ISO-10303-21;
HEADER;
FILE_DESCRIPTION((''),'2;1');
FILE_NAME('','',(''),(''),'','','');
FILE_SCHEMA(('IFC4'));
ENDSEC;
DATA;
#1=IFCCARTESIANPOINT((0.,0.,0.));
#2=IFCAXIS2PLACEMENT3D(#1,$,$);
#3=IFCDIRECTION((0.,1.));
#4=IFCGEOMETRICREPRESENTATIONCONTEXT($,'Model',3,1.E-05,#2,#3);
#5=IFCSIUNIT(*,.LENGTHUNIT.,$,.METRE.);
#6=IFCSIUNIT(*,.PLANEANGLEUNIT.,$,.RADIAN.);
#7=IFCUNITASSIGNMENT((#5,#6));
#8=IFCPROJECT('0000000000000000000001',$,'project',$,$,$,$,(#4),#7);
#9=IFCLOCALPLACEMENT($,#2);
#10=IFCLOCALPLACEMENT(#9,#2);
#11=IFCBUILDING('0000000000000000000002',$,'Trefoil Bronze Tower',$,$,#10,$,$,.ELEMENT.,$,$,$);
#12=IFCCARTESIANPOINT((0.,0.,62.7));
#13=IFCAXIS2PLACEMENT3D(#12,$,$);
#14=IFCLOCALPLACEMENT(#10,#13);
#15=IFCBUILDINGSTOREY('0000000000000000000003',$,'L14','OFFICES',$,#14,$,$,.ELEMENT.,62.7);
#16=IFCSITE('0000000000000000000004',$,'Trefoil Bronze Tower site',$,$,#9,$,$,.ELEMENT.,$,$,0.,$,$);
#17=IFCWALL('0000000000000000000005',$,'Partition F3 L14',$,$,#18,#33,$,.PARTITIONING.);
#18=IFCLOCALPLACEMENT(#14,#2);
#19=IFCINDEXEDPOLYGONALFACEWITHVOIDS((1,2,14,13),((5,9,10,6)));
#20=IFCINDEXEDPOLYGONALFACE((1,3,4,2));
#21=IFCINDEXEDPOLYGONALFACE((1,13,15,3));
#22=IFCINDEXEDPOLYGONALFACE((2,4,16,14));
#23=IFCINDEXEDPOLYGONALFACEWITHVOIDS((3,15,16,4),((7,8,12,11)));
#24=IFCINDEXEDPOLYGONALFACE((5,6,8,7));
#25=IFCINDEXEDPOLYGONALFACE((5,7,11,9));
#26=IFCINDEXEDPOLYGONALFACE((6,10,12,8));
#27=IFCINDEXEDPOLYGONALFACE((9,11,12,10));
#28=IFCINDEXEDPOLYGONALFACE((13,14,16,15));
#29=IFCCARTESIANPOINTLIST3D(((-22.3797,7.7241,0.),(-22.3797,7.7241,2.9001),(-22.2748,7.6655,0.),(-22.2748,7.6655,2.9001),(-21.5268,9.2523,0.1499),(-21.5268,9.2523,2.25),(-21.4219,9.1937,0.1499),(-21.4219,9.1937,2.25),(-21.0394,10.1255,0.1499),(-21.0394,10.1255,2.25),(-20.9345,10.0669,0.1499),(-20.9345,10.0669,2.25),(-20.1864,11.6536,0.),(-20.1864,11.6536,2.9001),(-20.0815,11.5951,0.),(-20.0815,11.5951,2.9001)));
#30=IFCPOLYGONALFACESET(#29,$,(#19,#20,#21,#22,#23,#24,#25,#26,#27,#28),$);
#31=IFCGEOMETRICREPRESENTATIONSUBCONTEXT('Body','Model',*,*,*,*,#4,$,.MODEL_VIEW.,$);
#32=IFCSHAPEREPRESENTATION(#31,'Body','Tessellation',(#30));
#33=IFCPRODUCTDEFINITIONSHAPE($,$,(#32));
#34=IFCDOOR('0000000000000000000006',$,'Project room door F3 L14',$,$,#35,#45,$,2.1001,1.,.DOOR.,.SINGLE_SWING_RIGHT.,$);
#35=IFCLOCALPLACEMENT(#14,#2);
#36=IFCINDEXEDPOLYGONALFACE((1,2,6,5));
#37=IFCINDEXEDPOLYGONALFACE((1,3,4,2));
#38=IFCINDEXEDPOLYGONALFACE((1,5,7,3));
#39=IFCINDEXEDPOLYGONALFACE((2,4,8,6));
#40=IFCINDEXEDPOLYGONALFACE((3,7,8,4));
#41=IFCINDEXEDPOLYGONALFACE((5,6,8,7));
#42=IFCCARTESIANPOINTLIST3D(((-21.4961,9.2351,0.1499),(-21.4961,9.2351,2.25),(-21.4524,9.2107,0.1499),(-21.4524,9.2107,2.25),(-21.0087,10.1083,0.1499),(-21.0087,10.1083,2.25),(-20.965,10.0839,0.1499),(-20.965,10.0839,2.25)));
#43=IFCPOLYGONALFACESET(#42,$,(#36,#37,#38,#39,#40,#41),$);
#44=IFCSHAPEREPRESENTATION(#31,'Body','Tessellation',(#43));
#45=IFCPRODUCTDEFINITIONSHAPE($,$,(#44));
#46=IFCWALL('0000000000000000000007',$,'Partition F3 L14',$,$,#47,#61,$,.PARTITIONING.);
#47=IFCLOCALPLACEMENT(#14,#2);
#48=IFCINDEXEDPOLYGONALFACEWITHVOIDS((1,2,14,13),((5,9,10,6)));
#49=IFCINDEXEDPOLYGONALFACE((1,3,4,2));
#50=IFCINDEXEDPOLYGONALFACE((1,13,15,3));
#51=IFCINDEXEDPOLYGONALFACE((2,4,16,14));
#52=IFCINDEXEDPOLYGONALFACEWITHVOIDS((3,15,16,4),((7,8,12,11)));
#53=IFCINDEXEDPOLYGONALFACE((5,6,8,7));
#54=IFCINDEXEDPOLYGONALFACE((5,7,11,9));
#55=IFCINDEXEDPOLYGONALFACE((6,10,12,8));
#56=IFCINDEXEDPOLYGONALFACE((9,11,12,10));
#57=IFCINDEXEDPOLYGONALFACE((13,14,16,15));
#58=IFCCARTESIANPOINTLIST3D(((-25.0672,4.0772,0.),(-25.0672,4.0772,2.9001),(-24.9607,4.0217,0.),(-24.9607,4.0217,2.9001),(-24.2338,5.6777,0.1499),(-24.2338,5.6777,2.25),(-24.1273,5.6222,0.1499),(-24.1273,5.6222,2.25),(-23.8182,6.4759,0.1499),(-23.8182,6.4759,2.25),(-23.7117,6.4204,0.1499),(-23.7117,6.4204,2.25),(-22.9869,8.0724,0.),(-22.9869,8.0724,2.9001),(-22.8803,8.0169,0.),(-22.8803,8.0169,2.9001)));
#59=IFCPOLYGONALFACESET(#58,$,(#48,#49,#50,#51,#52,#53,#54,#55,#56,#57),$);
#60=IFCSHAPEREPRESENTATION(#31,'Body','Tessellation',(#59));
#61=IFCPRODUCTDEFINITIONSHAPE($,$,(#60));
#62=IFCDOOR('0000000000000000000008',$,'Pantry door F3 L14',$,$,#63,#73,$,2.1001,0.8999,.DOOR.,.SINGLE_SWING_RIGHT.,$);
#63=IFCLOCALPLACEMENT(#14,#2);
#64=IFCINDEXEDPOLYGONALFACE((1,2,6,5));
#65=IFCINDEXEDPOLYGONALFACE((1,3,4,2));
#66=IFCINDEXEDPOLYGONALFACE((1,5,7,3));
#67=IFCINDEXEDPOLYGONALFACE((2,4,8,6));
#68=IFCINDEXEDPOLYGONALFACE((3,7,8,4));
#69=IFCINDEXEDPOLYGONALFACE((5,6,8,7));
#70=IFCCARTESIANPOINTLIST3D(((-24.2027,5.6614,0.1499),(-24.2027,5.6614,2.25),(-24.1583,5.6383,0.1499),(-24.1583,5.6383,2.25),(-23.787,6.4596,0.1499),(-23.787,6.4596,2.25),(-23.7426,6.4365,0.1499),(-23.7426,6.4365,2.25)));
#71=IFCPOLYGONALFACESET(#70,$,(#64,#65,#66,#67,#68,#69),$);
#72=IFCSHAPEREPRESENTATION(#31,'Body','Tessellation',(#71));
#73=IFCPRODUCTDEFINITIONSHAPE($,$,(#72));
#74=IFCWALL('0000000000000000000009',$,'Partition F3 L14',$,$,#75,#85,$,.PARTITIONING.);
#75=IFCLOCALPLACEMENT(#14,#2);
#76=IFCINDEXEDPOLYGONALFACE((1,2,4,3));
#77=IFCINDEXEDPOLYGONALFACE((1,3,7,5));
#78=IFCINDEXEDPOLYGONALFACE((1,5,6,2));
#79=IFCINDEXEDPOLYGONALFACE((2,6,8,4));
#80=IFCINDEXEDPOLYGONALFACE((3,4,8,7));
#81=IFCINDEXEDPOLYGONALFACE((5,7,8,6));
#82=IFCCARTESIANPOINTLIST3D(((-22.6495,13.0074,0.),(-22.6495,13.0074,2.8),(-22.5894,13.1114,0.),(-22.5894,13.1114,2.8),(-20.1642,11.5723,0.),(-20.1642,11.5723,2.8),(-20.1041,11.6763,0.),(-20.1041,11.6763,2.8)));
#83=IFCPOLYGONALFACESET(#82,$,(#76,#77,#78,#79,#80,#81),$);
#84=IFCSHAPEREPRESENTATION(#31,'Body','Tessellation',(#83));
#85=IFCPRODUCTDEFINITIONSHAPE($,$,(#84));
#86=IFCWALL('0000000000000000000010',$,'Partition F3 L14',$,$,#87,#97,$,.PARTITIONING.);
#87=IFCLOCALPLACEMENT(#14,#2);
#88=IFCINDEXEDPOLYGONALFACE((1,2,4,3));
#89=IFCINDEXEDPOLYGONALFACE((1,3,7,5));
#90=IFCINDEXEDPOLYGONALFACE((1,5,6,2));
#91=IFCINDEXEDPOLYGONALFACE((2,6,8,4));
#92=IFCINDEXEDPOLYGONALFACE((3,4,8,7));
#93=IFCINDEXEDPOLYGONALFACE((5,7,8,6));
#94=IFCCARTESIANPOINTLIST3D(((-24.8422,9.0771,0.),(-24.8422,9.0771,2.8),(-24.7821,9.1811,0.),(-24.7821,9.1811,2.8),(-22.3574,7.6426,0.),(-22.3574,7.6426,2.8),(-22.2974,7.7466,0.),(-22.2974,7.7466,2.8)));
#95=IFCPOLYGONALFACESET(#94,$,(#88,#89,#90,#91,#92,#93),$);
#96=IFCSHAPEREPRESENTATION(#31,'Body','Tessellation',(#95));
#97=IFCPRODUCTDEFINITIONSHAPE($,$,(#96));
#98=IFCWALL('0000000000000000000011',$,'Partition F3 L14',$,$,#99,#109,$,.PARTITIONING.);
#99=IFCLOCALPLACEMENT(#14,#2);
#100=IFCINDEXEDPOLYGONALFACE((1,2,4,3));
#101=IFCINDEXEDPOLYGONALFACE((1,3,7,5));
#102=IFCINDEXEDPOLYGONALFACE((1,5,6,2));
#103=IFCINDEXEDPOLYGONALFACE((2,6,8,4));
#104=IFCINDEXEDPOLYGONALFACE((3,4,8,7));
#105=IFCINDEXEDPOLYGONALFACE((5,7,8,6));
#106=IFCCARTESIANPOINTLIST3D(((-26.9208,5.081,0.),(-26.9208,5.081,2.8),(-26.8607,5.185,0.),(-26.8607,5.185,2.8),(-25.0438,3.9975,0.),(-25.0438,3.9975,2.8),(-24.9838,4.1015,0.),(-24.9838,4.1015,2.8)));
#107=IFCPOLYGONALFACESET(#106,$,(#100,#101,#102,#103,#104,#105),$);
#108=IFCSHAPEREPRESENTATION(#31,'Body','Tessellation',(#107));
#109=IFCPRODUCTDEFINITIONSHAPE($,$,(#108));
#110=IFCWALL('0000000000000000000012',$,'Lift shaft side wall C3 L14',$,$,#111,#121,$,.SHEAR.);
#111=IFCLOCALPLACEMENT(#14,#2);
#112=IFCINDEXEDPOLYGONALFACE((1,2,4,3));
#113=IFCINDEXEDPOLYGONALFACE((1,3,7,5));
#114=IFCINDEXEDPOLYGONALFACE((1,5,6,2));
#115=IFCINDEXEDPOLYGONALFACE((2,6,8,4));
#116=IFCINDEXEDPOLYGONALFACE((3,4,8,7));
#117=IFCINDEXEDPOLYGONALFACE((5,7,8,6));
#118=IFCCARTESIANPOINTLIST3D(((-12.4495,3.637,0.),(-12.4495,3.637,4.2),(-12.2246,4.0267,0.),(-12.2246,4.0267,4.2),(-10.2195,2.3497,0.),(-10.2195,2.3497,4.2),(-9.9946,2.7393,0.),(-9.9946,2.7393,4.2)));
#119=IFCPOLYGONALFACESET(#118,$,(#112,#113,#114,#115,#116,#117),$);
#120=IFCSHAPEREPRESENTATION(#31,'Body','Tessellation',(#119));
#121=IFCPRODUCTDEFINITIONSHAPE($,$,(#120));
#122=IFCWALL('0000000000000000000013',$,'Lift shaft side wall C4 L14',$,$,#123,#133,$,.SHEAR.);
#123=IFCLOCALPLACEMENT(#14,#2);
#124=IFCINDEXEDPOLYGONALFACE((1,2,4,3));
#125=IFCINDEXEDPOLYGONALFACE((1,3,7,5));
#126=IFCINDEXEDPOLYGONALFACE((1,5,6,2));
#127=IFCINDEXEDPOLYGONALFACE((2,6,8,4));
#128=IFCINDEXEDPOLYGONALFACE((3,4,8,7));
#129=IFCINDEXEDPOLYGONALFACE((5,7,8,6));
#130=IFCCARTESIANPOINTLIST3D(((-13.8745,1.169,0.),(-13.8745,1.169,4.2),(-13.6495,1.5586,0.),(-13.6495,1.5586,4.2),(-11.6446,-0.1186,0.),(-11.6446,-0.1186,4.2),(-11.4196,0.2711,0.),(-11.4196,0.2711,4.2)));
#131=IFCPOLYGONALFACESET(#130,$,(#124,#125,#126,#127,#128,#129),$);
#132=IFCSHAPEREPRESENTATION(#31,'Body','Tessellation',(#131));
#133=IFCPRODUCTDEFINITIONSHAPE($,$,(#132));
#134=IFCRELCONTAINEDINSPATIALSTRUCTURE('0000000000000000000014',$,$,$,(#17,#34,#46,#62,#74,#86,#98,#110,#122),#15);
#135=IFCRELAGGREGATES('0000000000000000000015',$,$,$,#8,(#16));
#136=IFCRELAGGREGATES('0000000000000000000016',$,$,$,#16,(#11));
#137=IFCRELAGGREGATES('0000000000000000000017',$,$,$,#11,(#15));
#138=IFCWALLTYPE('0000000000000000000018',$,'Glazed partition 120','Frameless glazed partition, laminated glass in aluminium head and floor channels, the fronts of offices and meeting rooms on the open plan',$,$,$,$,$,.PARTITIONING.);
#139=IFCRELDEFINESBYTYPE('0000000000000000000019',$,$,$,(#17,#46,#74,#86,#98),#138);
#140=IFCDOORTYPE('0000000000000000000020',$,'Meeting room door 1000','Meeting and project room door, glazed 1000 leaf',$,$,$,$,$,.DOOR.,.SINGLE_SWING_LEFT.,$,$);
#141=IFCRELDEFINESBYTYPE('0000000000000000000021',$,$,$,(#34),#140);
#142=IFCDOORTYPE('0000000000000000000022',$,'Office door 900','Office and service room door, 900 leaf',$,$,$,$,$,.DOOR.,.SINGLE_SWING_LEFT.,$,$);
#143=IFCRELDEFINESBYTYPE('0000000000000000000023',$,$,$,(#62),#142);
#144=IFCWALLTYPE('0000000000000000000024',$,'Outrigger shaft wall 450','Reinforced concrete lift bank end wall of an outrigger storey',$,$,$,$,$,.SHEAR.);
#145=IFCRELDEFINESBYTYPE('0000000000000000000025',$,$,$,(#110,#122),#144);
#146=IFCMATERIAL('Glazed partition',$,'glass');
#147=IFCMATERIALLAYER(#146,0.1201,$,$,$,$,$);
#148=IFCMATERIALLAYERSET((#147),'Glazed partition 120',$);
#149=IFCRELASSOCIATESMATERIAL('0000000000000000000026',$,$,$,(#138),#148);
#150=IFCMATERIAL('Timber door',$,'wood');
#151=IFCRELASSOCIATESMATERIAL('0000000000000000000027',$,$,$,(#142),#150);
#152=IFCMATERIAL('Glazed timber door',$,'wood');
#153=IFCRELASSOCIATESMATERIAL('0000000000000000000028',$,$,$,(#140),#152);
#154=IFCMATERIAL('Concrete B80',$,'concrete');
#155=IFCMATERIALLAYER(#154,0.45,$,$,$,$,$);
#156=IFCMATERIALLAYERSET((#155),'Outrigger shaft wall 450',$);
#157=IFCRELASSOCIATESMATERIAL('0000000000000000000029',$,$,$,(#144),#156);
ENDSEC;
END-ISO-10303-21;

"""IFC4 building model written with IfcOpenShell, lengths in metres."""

from ifc_helpers import new_model, si_unit, direction, frame, frame_2d, origin, place, context, subcontext, project, spatial, rectangle, extrude, material, layer, layer_set, type_object, element, fill, save


model = new_model("IFC4")

# Units and contexts
model_context = context("Model", 3, precision=1e-05, world=origin(), true_north=direction((0.0, 1.0)))
body_context = subcontext(model_context, "Body", "Model", "MODEL_VIEW")
ifc_project = project(units=[si_unit("LENGTHUNIT", "METRE"), si_unit("PLANEANGLEUNIT", "RADIAN")], contexts=[model_context])

# Site, building, storey
site_placement = place(None, origin())
site = spatial("IfcSite", under=ifc_project, at=site_placement, Name="Trefoil Bronze Tower site", CompositionType="ELEMENT", RefElevation=0.0)
building_placement = place(site_placement, origin())
building = spatial("IfcBuilding", under=site, at=building_placement, Name="Trefoil Bronze Tower", CompositionType="ELEMENT")
storey_placement = place(building_placement, frame((0.0, 0.0, 62.7)))
storey = spatial("IfcBuildingStorey", under=building, at=storey_placement, Name="L14", Description="OFFICES", CompositionType="ELEMENT", Elevation=62.7)

# Shared definitions
ifc_material_1 = material(Name="Glazed partition", Category="glass")
ifc_layer_1 = layer(ifc_material_1, 0.1201)
ifc_layer_set_1 = layer_set([ifc_layer_1], Name="Glazed partition 120")
wall_type_1 = type_object("IfcWallType", Name="Glazed partition 120", Description="Frameless glazed partition, laminated glass in aluminium head and floor channels, the fronts of offices and meeting rooms on the open plan", PredefinedType="PARTITIONING", material=ifc_layer_set_1)
ifc_material_2 = material(Name="Timber door", Category="wood")
door_type_1 = type_object("IfcDoorType", Name="Office door 900", Description="Office and service room door, 900 leaf", OperationType="SINGLE_SWING_LEFT", PredefinedType="DOOR", material=ifc_material_2)
ifc_material_3 = material(Name="Glazed timber door", Category="wood")
door_type_2 = type_object("IfcDoorType", Name="Meeting room door 1000", Description="Meeting and project room door, glazed 1000 leaf", OperationType="SINGLE_SWING_LEFT", PredefinedType="DOOR", material=ifc_material_3)

# Walls, openings, doors
wall_1_placement = place(storey_placement, frame((-20.134, 11.6243, 0.0), z_axis=(0.0, 0.0, 1.0), x_axis=(-0.487374, -0.873193, 0.0)))
wall_1 = element("IfcWall", 1, at=wall_1_placement, inside=storey, type_object=wall_type_1, Name="Partition F3 L14", PredefinedType="PARTITIONING", context=body_context, shape_type="SweptSolid", body=[
    extrude(rectangle(XDim=4.5002, YDim=0.1201, at=frame_2d((2.25, 0.0))), origin(), (0.0, 0.0, 1.0), 2.9001),
])
opening_1_placement = place(wall_1_placement, frame((1.75, 0.0, 0.1499)))
opening_1 = element("IfcOpeningElement", 2, at=opening_1_placement, cuts=wall_1, PredefinedType="OPENING", context=body_context, shape_type="SweptSolid", body=[
    extrude(rectangle(XDim=1.0, YDim=2.1001, at=frame_2d((0.5, 1.05))), frame((0.0, 0.0701, 0.0), z_axis=(0.0, -1.0, 0.0), x_axis=(1.0, 0.0, 0.0)), (0.0, 0.0, 1.0), 0.1401),
])
door_1_placement = place(opening_1_placement, frame((1.0, 0.0, 0.0), z_axis=(0.0, 0.0, 1.0), x_axis=(-1.0, 0.0, 0.0)))
door_1 = element("IfcDoor", 3, at=door_1_placement, inside=storey, type_object=door_type_2, Name="Project room door F3 L14", OperationType="SINGLE_SWING_RIGHT", OverallHeight=2.1001, OverallWidth=1.0, PredefinedType="DOOR", context=body_context, shape_type="SweptSolid", body=[
    extrude(rectangle(XDim=1.0, YDim=2.1001, at=frame_2d((0.5, 1.05))), frame((0.0, 0.0249, 0.0), z_axis=(0.0, -1.0, 0.0), x_axis=(1.0, 0.0, 0.0)), (0.0, 0.0, 1.0), 0.05),
])
fill(opening_1, door_1)
wall_2_placement = place(storey_placement, frame((-22.9336, 8.0447, 0.0), z_axis=(0.0, 0.0, 1.0), x_axis=(-0.461853, -0.886957, 0.0)))
wall_2 = element("IfcWall", 4, at=wall_2_placement, inside=storey, type_object=wall_type_1, Name="Partition F3 L14", PredefinedType="PARTITIONING", context=body_context, shape_type="SweptSolid", body=[
    extrude(rectangle(XDim=4.5044, YDim=0.1201, at=frame_2d((2.2522, 0.0))), origin(), (0.0, 0.0, 1.0), 2.9001),
])
opening_2_placement = place(wall_2_placement, frame((1.8, 0.0, 0.1499)))
opening_2 = element("IfcOpeningElement", 5, at=opening_2_placement, cuts=wall_2, PredefinedType="OPENING", context=body_context, shape_type="SweptSolid", body=[
    extrude(rectangle(XDim=0.8999, YDim=2.1001, at=frame_2d((0.45, 1.05))), frame((0.0, 0.0701, 0.0), z_axis=(0.0, -1.0, 0.0), x_axis=(1.0, 0.0, 0.0)), (0.0, 0.0, 1.0), 0.1401),
])
door_2_placement = place(opening_2_placement, frame((0.8999, 0.0, 0.0), z_axis=(0.0, 0.0, 1.0), x_axis=(-1.0, 0.0, 0.0)))
door_2 = element("IfcDoor", 6, at=door_2_placement, inside=storey, type_object=door_type_1, Name="Pantry door F3 L14", OperationType="SINGLE_SWING_RIGHT", OverallHeight=2.1001, OverallWidth=0.8999, PredefinedType="DOOR", context=body_context, shape_type="SweptSolid", body=[
    extrude(rectangle(XDim=0.8999, YDim=2.1001, at=frame_2d((0.45, 1.05))), frame((0.0, 0.0249, 0.0), z_axis=(0.0, -1.0, 0.0), x_axis=(1.0, 0.0, 0.0)), (0.0, 0.0, 1.0), 0.05),
])
fill(opening_2, door_2)

# Walls
wall_3_placement = place(storey_placement, frame((-20.134, 11.6243, 0.0), z_axis=(0.0, 0.0, 1.0), x_axis=(-0.866004, 0.500037, 0.0)))
element("IfcWall", 7, at=wall_3_placement, inside=storey, type_object=wall_type_1, Name="Partition F3 L14", PredefinedType="PARTITIONING", context=body_context, shape_type="SweptSolid", body=[
    extrude(rectangle(XDim=2.8699, YDim=0.1201, at=frame_2d((1.4351, 0.0))), origin(), (0.0, 0.0, 1.0), 2.8),
])
wall_4_placement = place(storey_placement, frame((-22.3274, 7.6946, 0.0), z_axis=(0.0, 0.0, 1.0), x_axis=(-0.866035, 0.499983, 0.0)))
element("IfcWall", 8, at=wall_4_placement, inside=storey, type_object=wall_type_1, Name="Partition F3 L14", PredefinedType="PARTITIONING", context=body_context, shape_type="SweptSolid", body=[
    extrude(rectangle(XDim=2.8691, YDim=0.1201, at=frame_2d((1.4346, 0.0))), origin(), (0.0, 0.0, 1.0), 2.8),
])
wall_5_placement = place(storey_placement, frame((-25.0139, 4.0496, 0.0), z_axis=(0.0, 0.0, 1.0), x_axis=(-0.866058, 0.499943, 0.0)))
element("IfcWall", 9, at=wall_5_placement, inside=storey, type_object=wall_type_1, Name="Partition F3 L14", PredefinedType="PARTITIONING", context=body_context, shape_type="SweptSolid", body=[
    extrude(rectangle(XDim=2.1672, YDim=0.1201, at=frame_2d((1.0835, 0.0))), origin(), (0.0, 0.0, 1.0), 2.8),
])
ifc_material_4 = material(Name="Concrete B80", Category="concrete")
ifc_layer_2 = layer(ifc_material_4, 0.45)
ifc_layer_set_2 = layer_set([ifc_layer_2], Name="Outrigger shaft wall 450")
wall_type_2 = type_object("IfcWallType", Name="Outrigger shaft wall 450", Description="Reinforced concrete lift bank end wall of an outrigger storey", PredefinedType="SHEAR", material=ifc_layer_set_2)
for number, where, z_axis, x_axis, name in (
    (10, (-10.1069, 2.5444, 0.0), (0.0, 0.0, 1.0), (-0.866047, 0.499963, 0.0), "Lift shaft side wall C3 L14"),
    (11, (-11.532, 0.0762, 0.0), (0.0, 0.0, 1.0), (-0.866006, 0.500034, 0.0), "Lift shaft side wall C4 L14"),
):
    element("IfcWall", number, at=place(storey_placement, frame(where, z_axis=z_axis, x_axis=x_axis)), inside=storey, type_object=wall_type_2, Name=name, PredefinedType="SHEAR", context=body_context, shape_type="SweptSolid", body=[
        extrude(rectangle(XDim=2.575, YDim=0.45, at=frame_2d((1.2876, 0.0))), origin(), (0.0, 0.0, 1.0), 4.2),
    ])

save(model, "model.ifc")
